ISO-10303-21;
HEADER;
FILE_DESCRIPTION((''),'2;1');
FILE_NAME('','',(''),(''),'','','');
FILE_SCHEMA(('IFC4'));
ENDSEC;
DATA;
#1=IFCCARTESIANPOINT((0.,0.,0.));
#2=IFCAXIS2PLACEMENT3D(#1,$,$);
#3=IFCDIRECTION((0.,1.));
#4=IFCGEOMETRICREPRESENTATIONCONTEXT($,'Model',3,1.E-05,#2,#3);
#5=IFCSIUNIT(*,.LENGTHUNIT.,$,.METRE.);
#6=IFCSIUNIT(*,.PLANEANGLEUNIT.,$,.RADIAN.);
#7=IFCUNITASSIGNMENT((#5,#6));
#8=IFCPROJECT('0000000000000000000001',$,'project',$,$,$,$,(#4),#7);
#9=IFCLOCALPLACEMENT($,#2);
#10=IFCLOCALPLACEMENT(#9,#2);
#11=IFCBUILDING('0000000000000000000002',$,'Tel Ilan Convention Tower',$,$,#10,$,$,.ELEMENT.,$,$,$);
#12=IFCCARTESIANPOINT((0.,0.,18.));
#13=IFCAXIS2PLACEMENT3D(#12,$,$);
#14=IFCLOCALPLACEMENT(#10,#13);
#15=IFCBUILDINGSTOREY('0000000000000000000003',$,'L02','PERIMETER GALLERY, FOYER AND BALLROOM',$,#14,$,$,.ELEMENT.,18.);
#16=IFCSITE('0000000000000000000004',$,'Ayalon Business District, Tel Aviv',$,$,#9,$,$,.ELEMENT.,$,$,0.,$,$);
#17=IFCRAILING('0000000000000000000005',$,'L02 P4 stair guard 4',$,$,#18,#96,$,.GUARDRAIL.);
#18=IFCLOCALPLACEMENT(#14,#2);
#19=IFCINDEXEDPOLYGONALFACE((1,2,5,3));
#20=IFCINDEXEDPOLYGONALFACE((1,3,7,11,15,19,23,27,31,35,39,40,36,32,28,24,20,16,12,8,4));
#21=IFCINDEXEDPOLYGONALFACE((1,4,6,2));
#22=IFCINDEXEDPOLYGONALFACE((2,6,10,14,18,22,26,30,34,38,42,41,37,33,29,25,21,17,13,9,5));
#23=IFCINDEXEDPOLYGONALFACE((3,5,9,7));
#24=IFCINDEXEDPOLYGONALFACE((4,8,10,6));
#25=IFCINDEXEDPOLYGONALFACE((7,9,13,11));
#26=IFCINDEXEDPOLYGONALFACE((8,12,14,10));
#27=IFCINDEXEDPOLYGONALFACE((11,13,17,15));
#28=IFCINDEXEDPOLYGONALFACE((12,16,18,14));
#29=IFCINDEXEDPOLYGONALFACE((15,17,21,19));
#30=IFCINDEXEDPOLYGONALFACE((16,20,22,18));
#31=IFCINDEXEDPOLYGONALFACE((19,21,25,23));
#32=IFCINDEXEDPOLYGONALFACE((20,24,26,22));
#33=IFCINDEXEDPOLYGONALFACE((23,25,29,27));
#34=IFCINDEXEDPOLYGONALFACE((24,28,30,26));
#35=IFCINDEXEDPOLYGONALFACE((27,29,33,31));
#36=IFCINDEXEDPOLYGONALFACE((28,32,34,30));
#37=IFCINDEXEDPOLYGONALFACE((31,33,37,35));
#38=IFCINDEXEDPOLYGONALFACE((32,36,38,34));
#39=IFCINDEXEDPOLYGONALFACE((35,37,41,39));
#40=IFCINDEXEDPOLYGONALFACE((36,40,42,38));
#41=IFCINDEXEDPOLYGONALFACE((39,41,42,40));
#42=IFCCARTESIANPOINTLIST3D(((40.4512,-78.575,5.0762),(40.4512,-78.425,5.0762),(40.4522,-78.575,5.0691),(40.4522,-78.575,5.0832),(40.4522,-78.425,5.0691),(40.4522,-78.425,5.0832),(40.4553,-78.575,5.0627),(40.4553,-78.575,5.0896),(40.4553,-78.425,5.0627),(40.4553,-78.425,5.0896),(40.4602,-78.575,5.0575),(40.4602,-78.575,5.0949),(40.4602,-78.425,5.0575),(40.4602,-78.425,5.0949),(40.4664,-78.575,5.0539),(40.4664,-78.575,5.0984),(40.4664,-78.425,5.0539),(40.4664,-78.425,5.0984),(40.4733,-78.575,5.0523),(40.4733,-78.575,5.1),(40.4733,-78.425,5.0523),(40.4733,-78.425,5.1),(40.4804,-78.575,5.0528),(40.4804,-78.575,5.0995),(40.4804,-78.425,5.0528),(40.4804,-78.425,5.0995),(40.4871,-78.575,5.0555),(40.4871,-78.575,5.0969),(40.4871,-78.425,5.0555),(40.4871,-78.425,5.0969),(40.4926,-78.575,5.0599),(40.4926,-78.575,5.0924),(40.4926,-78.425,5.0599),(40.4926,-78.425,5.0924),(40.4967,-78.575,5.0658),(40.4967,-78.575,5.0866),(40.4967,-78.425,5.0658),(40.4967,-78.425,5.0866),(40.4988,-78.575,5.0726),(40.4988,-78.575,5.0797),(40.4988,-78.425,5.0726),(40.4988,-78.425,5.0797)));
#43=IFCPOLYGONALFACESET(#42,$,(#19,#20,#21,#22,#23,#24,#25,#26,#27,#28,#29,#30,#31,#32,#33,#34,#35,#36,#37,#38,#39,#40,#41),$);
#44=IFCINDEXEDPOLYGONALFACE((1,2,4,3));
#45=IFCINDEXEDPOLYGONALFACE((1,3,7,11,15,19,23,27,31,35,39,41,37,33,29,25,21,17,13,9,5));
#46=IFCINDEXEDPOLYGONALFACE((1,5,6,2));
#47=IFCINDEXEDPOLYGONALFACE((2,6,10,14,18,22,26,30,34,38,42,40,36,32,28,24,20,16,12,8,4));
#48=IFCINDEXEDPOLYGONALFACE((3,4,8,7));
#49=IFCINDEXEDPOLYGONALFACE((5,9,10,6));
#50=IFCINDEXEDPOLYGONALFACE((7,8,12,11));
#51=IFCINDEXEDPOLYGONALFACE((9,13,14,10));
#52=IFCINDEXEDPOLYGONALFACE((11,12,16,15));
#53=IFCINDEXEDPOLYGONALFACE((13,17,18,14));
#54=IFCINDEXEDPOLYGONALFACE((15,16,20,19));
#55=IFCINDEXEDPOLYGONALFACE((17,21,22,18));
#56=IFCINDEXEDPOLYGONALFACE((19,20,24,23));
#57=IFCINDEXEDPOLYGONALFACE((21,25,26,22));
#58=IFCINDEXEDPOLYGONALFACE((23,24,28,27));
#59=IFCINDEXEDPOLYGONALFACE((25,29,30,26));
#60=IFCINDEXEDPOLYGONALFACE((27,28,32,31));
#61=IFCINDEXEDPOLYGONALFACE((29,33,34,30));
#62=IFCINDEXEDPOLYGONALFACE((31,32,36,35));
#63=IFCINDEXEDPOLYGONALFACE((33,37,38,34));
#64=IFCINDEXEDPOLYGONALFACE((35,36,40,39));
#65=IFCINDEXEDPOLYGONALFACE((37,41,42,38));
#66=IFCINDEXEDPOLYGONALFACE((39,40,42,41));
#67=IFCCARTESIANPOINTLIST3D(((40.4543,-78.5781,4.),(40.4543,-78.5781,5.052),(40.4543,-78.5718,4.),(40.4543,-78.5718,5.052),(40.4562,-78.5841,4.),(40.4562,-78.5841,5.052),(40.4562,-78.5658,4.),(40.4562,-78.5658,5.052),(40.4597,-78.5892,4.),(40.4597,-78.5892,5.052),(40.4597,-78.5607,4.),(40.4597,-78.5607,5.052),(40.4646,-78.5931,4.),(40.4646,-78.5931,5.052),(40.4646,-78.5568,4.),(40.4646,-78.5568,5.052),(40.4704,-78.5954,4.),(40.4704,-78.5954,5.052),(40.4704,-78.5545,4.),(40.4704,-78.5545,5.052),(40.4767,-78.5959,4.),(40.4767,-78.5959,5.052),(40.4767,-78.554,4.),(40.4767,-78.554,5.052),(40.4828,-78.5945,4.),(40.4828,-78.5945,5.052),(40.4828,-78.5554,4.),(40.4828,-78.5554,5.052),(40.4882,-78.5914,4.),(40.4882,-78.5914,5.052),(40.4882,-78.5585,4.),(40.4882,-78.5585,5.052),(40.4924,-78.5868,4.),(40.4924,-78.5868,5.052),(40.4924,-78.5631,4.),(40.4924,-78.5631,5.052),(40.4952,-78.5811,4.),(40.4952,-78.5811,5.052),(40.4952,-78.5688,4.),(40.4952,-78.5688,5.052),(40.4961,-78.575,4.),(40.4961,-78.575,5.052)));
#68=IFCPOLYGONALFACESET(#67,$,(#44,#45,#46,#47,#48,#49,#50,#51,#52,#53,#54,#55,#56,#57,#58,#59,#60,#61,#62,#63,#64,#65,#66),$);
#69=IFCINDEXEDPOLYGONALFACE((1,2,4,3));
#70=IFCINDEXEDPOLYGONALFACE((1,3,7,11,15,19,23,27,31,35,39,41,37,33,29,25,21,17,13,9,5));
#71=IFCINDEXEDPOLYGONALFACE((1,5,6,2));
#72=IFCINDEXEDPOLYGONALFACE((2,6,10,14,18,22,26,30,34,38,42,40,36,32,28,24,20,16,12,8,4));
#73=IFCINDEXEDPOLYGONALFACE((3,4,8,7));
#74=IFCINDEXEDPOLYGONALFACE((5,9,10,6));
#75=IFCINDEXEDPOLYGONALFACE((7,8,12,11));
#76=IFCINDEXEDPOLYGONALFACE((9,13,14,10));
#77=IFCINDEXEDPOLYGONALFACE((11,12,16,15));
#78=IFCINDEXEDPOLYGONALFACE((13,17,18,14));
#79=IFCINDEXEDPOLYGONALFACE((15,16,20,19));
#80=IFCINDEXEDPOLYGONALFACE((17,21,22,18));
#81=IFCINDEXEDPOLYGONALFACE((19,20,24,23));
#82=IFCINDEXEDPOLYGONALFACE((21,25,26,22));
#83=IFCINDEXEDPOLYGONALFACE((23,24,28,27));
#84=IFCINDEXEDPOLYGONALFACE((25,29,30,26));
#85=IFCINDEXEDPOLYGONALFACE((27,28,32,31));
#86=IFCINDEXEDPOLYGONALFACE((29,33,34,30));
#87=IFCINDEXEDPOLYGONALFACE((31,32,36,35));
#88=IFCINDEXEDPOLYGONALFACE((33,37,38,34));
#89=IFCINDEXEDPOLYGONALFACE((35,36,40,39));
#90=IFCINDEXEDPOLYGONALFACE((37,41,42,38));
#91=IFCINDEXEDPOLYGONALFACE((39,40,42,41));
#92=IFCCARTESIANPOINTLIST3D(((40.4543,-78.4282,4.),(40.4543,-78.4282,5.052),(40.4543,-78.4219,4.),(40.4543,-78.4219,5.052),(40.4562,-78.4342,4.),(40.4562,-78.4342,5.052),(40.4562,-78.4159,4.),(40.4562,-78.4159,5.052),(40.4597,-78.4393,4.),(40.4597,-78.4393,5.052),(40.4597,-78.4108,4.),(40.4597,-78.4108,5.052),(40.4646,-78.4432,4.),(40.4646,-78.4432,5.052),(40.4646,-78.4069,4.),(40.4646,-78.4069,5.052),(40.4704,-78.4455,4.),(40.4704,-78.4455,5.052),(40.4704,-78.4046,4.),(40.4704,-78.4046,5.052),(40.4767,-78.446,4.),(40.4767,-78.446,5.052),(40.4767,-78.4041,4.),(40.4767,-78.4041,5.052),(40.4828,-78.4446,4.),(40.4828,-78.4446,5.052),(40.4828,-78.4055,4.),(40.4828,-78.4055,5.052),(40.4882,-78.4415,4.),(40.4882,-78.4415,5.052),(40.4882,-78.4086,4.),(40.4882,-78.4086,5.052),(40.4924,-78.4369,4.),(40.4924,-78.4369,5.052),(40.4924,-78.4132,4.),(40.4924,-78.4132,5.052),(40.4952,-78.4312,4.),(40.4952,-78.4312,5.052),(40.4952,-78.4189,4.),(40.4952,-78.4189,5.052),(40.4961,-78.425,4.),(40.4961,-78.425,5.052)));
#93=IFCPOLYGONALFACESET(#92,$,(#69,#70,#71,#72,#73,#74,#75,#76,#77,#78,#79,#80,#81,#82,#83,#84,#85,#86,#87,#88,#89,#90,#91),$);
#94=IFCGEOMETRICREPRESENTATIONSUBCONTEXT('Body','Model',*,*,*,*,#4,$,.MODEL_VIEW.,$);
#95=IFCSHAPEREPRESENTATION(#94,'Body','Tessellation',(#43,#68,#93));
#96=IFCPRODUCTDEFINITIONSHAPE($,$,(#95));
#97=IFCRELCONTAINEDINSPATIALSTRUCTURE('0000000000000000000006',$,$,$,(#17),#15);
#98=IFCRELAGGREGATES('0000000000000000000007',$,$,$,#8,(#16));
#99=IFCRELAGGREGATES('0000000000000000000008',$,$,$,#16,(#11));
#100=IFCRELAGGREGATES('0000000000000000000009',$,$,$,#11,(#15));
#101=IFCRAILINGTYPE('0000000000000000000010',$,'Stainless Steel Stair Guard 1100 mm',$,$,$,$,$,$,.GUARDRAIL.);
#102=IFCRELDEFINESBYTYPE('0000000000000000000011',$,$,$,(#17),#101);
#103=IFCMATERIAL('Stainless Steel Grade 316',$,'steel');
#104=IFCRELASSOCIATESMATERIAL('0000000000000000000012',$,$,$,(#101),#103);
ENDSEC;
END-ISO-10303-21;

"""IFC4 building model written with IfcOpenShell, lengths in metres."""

from ifc_helpers import new_model, si_unit, direction, frame, origin, origin_2d, place, context, subcontext, project, spatial, circle, extrude, material, type_object, element, save


model = new_model("IFC4")

# Units and contexts
model_context = context("Model", 3, precision=1e-05, world=origin(), true_north=direction((0.0, 1.0)))
body_context = subcontext(model_context, "Body", "Model", "MODEL_VIEW")
ifc_project = project(units=[si_unit("LENGTHUNIT", "METRE"), si_unit("PLANEANGLEUNIT", "RADIAN")], contexts=[model_context])

# Site, building, storey
site_placement = place(None, origin())
site = spatial("IfcSite", under=ifc_project, at=site_placement, Name="Ayalon Business District, Tel Aviv", CompositionType="ELEMENT", RefElevation=0.0)
building_placement = place(site_placement, origin())
building = spatial("IfcBuilding", under=site, at=building_placement, Name="Tel Ilan Convention Tower", CompositionType="ELEMENT")
storey_placement = place(building_placement, frame((0.0, 0.0, 18.0)))
storey = spatial("IfcBuildingStorey", under=building, at=storey_placement, Name="L02", Description="PERIMETER GALLERY, FOYER AND BALLROOM", CompositionType="ELEMENT", Elevation=18.0)

# Railing
ifc_material_1 = material(Name="Stainless Steel Grade 316", Category="steel")
railing_type_1 = type_object("IfcRailingType", Name="Stainless Steel Stair Guard 1100 mm", PredefinedType="GUARDRAIL", material=ifc_material_1)
railing_1_placement = place(storey_placement, frame((40.4751, -78.575, 4.0)))
element("IfcRailing", 1, at=railing_1_placement, inside=storey, type_object=railing_type_1, Name="L02 P4 stair guard 4", PredefinedType="GUARDRAIL", context=body_context, shape_type="SweptSolid", body=[
    extrude(circle(Radius=0.0239, at=origin_2d()), frame((0.0, 0.0, 1.0762), z_axis=(0.0, 1.0, 0.0), x_axis=(-1.0, 0.0, 0.0)), (0.0, 0.0, 1.0), 0.1499),
    extrude(circle(Radius=0.021, at=origin_2d()), origin(), (0.0, 0.0, 1.0), 1.052),
    extrude(circle(Radius=0.021, at=origin_2d()), frame((0.0, 0.1499, 0.0)), (0.0, 0.0, 1.0), 1.052),
])

save(model, "model.ifc")
